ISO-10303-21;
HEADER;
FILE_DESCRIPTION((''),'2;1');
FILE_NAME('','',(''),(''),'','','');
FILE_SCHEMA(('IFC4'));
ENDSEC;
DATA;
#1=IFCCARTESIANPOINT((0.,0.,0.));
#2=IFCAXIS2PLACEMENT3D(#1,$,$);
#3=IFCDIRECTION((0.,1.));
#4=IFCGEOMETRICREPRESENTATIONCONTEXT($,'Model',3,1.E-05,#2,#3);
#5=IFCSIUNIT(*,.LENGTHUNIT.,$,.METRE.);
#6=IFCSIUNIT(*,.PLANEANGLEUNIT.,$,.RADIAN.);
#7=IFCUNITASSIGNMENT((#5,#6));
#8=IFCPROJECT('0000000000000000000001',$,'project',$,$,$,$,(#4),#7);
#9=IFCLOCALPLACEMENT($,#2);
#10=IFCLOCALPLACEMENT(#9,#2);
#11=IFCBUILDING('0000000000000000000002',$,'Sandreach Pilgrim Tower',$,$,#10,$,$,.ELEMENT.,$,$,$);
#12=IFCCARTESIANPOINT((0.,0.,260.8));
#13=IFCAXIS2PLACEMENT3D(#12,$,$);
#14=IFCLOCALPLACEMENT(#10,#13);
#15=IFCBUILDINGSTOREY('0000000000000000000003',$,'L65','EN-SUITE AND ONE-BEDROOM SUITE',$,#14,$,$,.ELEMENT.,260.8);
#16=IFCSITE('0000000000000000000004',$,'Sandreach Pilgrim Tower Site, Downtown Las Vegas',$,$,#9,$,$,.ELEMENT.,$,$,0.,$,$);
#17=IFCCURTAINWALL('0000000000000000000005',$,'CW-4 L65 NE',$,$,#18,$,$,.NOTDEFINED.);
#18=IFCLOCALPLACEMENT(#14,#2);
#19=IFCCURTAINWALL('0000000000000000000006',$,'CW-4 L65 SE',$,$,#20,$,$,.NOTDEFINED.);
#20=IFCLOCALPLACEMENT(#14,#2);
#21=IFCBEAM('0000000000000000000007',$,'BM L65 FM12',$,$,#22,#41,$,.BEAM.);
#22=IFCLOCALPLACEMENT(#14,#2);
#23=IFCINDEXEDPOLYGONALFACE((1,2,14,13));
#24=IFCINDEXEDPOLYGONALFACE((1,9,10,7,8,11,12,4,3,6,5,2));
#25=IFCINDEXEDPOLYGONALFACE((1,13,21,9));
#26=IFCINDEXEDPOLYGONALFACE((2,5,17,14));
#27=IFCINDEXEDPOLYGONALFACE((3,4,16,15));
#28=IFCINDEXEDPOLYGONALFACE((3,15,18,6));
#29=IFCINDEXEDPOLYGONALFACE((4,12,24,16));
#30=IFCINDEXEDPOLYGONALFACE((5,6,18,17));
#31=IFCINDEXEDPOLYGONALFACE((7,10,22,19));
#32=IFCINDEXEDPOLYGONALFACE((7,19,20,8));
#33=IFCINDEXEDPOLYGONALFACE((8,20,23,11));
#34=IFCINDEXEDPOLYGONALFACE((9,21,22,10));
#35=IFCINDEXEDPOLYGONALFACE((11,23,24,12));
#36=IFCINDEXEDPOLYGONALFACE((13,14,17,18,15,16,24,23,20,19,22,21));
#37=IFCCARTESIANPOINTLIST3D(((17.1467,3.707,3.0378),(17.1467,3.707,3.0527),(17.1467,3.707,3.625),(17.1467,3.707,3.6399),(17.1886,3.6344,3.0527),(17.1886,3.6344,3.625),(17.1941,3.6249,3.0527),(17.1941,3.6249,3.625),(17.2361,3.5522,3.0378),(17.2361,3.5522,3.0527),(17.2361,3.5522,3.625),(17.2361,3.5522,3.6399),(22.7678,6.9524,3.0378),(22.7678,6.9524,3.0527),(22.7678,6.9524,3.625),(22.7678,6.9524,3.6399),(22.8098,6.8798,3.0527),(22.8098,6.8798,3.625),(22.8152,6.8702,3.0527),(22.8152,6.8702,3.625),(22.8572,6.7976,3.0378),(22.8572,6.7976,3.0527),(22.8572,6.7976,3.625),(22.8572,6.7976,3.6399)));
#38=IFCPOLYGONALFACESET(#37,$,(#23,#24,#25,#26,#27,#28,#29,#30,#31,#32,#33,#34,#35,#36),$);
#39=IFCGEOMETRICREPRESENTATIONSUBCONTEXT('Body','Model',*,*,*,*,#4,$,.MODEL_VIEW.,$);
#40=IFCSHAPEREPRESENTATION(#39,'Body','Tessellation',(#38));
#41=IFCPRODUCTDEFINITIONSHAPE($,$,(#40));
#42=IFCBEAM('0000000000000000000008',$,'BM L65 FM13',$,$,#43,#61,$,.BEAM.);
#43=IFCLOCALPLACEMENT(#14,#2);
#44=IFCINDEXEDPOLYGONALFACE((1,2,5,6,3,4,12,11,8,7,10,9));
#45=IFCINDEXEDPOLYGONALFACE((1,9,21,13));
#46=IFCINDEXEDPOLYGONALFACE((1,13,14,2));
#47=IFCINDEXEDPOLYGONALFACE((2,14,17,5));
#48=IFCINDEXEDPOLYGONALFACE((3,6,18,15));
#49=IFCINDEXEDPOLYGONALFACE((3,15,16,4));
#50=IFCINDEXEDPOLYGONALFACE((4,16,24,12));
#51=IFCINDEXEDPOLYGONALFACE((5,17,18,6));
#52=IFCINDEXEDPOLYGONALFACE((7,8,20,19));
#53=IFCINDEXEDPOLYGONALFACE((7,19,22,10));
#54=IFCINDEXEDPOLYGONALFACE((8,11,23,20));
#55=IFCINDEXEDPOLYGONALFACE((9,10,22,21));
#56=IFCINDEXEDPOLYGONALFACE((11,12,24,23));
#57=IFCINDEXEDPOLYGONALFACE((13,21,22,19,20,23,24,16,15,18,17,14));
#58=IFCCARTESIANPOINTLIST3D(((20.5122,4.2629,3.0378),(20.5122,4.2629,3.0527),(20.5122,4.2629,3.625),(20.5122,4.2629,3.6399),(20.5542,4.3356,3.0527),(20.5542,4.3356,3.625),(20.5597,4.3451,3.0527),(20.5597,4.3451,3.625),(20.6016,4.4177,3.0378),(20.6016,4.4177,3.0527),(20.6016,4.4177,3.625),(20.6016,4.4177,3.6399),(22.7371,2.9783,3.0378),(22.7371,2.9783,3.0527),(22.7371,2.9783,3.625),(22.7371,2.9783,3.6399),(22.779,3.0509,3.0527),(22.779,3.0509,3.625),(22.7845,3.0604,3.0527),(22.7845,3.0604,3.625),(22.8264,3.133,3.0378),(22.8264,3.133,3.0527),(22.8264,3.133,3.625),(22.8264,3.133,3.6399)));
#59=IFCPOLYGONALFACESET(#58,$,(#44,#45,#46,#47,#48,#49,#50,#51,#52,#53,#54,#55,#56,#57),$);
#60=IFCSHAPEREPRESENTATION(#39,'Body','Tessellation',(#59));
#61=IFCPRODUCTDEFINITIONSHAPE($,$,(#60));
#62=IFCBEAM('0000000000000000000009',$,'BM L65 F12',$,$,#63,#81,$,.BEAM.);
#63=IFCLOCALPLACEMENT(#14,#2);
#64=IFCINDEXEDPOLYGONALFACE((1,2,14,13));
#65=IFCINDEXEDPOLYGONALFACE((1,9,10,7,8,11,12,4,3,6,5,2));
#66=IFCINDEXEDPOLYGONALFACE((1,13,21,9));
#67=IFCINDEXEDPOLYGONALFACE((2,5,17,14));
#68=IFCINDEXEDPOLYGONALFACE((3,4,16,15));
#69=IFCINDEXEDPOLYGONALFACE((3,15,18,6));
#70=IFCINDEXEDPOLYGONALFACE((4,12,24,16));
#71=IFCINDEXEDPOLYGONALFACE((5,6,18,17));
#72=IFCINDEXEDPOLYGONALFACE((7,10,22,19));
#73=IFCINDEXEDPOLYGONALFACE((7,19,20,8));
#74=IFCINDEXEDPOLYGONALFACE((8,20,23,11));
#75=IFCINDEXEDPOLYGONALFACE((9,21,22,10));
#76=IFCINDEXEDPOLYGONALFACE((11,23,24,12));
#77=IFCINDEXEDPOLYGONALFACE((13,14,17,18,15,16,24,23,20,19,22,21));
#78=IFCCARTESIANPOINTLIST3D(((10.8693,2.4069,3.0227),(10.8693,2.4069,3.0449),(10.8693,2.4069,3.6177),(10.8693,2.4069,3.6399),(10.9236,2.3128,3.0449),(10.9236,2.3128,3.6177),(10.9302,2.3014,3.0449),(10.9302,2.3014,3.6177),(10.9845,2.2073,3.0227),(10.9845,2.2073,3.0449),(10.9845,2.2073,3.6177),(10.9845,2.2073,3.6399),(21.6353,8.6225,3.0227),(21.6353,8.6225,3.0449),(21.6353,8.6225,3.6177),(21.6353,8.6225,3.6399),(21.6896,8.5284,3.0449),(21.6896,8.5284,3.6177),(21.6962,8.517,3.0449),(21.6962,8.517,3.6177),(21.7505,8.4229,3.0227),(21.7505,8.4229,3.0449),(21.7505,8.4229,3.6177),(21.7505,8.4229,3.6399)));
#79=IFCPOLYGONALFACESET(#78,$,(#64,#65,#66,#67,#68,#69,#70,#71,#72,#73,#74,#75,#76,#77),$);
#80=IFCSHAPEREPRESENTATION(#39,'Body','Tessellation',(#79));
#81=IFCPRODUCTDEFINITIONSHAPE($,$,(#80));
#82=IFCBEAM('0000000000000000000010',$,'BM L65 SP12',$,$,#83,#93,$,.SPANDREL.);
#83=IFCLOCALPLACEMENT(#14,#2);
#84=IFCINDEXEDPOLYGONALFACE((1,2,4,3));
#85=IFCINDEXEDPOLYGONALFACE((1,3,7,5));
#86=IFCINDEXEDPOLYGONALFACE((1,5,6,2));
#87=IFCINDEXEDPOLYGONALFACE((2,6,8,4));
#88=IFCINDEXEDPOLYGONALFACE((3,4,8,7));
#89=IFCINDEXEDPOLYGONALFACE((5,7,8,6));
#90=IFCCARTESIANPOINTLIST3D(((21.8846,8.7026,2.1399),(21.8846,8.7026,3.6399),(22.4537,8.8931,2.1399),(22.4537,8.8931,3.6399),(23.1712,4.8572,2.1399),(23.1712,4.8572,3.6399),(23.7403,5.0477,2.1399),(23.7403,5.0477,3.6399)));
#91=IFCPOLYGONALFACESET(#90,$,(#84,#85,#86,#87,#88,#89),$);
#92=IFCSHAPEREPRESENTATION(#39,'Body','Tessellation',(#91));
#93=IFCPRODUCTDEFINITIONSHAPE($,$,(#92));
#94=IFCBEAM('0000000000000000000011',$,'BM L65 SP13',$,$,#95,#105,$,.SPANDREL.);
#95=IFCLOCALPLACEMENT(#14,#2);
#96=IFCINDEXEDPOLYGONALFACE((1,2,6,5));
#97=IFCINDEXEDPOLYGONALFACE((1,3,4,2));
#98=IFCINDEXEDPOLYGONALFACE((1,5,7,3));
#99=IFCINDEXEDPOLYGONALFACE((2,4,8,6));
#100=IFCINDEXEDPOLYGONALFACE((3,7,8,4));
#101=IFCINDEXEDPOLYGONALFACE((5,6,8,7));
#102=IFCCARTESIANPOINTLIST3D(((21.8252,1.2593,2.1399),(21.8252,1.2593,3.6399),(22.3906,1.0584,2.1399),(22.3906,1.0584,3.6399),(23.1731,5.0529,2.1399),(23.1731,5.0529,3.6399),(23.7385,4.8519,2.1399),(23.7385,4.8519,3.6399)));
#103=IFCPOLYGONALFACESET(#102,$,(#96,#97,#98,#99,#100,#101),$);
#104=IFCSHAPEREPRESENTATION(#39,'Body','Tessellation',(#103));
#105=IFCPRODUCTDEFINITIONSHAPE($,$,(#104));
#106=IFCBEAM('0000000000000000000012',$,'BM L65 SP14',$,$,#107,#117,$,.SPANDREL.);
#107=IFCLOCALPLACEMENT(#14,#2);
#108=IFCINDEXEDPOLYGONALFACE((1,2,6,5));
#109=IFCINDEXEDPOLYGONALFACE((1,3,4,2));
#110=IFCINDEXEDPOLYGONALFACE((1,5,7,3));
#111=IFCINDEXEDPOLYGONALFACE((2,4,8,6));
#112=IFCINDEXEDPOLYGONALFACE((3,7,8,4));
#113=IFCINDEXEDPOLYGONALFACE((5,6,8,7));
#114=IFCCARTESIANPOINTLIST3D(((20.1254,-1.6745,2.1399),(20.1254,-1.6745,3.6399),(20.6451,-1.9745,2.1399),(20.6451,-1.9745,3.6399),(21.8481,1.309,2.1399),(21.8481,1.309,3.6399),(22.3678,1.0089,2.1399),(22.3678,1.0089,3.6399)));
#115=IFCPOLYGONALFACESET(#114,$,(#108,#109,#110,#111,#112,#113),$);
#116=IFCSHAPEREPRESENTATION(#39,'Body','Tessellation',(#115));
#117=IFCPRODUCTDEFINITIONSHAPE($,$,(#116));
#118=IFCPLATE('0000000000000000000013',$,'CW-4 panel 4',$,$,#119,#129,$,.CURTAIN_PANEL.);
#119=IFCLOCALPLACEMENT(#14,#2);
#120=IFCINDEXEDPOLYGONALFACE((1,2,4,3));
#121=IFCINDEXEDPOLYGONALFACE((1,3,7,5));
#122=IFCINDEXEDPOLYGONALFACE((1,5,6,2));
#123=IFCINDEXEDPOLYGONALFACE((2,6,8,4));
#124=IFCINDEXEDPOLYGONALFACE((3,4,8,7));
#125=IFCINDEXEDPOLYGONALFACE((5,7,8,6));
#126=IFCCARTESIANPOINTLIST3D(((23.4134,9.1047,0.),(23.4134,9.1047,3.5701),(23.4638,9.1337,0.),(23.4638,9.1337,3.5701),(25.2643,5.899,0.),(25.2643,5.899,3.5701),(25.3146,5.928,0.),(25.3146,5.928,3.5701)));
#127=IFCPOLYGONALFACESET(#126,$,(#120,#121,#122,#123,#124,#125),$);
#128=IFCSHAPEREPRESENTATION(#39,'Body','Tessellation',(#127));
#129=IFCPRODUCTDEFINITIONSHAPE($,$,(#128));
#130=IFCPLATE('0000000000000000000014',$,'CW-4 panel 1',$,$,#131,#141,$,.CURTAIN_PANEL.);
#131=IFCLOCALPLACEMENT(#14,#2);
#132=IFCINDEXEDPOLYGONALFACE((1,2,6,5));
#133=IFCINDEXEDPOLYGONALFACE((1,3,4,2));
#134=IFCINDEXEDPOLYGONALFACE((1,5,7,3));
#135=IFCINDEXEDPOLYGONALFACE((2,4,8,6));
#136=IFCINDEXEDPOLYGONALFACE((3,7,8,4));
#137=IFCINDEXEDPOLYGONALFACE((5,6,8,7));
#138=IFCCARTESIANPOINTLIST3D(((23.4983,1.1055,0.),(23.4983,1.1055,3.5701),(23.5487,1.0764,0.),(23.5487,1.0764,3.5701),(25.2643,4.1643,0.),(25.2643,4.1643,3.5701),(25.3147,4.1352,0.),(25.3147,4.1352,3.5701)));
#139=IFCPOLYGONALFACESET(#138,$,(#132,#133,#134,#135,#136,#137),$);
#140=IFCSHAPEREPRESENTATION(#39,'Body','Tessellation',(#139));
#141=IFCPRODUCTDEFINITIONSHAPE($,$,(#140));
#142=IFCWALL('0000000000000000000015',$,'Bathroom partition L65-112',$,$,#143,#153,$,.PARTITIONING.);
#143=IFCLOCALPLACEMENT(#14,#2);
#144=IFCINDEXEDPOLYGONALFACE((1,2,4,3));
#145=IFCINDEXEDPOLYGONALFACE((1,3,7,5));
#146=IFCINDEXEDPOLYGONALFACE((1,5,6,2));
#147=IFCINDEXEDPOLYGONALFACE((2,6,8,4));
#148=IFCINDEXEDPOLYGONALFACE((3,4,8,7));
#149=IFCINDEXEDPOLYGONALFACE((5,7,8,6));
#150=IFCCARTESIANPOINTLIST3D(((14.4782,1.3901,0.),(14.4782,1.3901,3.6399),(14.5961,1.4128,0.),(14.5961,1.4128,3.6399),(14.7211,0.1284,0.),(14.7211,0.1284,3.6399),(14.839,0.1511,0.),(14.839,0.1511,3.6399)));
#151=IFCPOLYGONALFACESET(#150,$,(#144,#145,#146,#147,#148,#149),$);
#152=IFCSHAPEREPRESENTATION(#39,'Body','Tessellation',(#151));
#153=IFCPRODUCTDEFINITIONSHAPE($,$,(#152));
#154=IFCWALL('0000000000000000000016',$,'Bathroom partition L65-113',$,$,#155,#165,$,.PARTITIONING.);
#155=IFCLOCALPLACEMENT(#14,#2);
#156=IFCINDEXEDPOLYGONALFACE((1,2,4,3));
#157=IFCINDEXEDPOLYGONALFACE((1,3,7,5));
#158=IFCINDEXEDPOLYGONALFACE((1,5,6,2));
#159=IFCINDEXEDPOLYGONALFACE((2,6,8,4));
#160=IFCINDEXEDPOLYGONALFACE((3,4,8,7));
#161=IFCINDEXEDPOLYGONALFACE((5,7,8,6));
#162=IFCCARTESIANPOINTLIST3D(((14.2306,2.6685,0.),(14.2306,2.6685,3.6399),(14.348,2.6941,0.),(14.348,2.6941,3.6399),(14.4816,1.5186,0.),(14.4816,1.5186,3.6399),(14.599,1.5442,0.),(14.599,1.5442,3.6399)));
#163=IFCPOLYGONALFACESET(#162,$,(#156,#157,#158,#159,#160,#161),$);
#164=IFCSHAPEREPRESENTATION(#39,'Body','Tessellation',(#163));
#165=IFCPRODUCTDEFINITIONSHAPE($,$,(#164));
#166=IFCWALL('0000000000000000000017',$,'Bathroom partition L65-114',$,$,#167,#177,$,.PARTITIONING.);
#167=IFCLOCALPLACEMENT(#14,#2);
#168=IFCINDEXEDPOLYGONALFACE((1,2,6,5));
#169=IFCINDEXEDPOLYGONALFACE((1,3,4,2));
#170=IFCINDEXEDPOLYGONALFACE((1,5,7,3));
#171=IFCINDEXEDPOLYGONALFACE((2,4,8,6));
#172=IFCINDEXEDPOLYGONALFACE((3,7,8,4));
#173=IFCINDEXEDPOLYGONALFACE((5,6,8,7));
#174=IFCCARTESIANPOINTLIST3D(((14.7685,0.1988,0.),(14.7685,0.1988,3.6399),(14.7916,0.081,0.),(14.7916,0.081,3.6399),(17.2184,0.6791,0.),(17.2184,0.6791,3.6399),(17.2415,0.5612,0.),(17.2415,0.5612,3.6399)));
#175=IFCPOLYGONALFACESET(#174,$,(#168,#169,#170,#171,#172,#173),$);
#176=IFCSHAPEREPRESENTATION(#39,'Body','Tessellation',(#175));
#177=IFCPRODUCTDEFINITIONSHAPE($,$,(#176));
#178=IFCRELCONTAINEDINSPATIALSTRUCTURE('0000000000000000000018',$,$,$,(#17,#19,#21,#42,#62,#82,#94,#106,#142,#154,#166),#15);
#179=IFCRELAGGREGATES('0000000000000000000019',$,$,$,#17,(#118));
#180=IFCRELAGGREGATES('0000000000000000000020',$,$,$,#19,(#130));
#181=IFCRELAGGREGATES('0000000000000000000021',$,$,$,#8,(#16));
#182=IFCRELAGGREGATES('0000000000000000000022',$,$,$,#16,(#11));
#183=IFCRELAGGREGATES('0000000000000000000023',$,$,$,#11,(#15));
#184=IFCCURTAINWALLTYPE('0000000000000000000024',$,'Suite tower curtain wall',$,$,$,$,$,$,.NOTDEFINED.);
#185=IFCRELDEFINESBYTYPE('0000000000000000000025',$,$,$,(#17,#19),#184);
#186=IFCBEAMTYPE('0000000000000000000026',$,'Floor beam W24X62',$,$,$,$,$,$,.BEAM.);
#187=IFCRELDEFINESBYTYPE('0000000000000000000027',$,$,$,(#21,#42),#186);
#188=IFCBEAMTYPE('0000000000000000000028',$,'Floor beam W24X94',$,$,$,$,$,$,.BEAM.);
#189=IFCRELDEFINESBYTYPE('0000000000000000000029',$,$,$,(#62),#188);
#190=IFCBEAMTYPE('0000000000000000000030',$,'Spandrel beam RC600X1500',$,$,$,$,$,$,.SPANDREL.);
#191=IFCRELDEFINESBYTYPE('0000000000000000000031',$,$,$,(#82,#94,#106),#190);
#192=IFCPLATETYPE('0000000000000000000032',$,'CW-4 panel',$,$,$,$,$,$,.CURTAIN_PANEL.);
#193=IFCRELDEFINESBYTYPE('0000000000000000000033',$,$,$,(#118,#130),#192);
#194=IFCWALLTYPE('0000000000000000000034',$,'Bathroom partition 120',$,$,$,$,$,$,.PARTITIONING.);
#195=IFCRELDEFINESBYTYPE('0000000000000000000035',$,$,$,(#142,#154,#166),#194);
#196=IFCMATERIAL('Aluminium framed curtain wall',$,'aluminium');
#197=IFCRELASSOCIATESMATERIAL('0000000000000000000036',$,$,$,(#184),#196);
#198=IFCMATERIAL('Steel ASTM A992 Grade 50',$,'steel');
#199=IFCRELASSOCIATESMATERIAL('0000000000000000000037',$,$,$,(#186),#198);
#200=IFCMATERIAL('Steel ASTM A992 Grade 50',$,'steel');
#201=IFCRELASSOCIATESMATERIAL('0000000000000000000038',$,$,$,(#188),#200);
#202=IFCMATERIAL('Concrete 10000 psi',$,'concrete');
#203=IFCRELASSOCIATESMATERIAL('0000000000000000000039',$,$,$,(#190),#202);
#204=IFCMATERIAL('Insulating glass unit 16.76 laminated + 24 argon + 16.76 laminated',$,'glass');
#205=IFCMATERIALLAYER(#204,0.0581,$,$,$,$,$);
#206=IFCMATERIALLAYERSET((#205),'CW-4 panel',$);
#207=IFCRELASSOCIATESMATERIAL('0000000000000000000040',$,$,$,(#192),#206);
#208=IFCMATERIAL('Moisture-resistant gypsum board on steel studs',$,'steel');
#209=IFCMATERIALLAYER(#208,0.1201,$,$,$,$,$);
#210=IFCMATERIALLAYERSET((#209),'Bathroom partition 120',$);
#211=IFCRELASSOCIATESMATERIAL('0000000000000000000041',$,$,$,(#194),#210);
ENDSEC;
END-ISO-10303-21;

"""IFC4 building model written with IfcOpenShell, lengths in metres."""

from ifc_helpers import new_model, si_unit, direction, frame, frame_2d, origin, origin_2d, place, context, subcontext, project, spatial, rectangle, i_section, extrude, material, layer, layer_set, material_profile, profile_set, type_object, element, aggregate, save


model = new_model("IFC4")

# Units and contexts
model_context = context("Model", 3, precision=1e-05, world=origin(), true_north=direction((0.0, 1.0)))
body_context = subcontext(model_context, "Body", "Model", "MODEL_VIEW")
ifc_project = project(units=[si_unit("LENGTHUNIT", "METRE"), si_unit("PLANEANGLEUNIT", "RADIAN")], contexts=[model_context])

# Site, building, storey
site_placement = place(None, origin())
site = spatial("IfcSite", under=ifc_project, at=site_placement, Name="Sandreach Pilgrim Tower Site, Downtown Las Vegas", CompositionType="ELEMENT", RefElevation=0.0)
building_placement = place(site_placement, origin())
building = spatial("IfcBuilding", under=site, at=building_placement, Name="Sandreach Pilgrim Tower", CompositionType="ELEMENT")
storey_placement = place(building_placement, frame((0.0, 0.0, 260.8)))
storey = spatial("IfcBuildingStorey", under=building, at=storey_placement, Name="L65", Description="EN-SUITE AND ONE-BEDROOM SUITE", CompositionType="ELEMENT", Elevation=260.8)

# Curtain walls
ifc_material_1 = material(Name="Aluminium framed curtain wall", Category="aluminium")
curtain_wall_type = type_object("IfcCurtainWallType", Name="Suite tower curtain wall", PredefinedType="NOTDEFINED", material=ifc_material_1)
curtain_wall_1_placement = place(storey_placement, origin())
curtain_wall_1 = element("IfcCurtainWall", 1, at=curtain_wall_1_placement, inside=storey, type_object=curtain_wall_type, Name="CW-4 L65 NE", PredefinedType="NOTDEFINED")
curtain_wall_2_placement = place(storey_placement, origin())
curtain_wall_2 = element("IfcCurtainWall", 2, at=curtain_wall_2_placement, inside=storey, type_object=curtain_wall_type, Name="CW-4 L65 SE", PredefinedType="NOTDEFINED")

# Beams
ifc_material_2 = material(Name="Steel ASTM A992 Grade 50", Category="steel")
ifc_material_profile_1 = material_profile(ifc_material_2, i_section(OverallWidth=0.1787, OverallDepth=0.6021, WebThickness=0.011, FlangeThickness=0.0149, at=origin_2d()), Name="W24X62")
ifc_profile_set_1 = profile_set([ifc_material_profile_1], Name="Steel ASTM A992 Grade 50")
beam_type_1 = type_object("IfcBeamType", Name="Floor beam W24X62", PredefinedType="BEAM", material=ifc_profile_set_1)
beam_1_placement = place(storey_placement, frame((22.8125, 6.875, 3.3389), z_axis=(-0.866024, -0.500002, 0.0), x_axis=(0.500002, -0.866024, 0.0)))
element("IfcBeam", 3, at=beam_1_placement, inside=storey, type_object=beam_type_1, Name="BM L65 FM12", PredefinedType="BEAM", context=body_context, shape_type="SweptSolid", body=[
    extrude(i_section(OverallWidth=0.1787, OverallDepth=0.6021, WebThickness=0.011, FlangeThickness=0.0149, at=origin_2d()), origin(), (0.0, 0.0, 1.0), 6.4907),
])
beam_2_placement = place(storey_placement, frame((22.7817, 3.0557, 3.3389), z_axis=(-0.866, 0.500043, 0.0), x_axis=(-0.500043, -0.866, 0.0)))
element("IfcBeam", 4, at=beam_2_placement, inside=storey, type_object=beam_type_1, Name="BM L65 FM13", PredefinedType="BEAM", context=body_context, shape_type="SweptSolid", body=[
    extrude(i_section(OverallWidth=0.1787, OverallDepth=0.6021, WebThickness=0.011, FlangeThickness=0.0149, at=origin_2d()), origin(), (0.0, 0.0, 1.0), 2.5691),
])
ifc_material_3 = material(Name="Steel ASTM A992 Grade 50", Category="steel")
ifc_material_profile_2 = material_profile(ifc_material_3, i_section(OverallWidth=0.2305, OverallDepth=0.6172, WebThickness=0.0132, FlangeThickness=0.0222, at=origin_2d()), Name="W24X94")
ifc_profile_set_2 = profile_set([ifc_material_profile_2], Name="Steel ASTM A992 Grade 50")
beam_type_2 = type_object("IfcBeamType", Name="Floor beam W24X94", PredefinedType="BEAM", material=ifc_profile_set_2)
beam_3_placement = place(storey_placement, frame((21.6929, 8.5227, 3.3313), z_axis=(-0.866029, -0.499994, 0.0), x_axis=(0.499994, -0.866029, 0.0)))
element("IfcBeam", 5, at=beam_3_placement, inside=storey, type_object=beam_type_2, Name="BM L65 F12", PredefinedType="BEAM", context=body_context, shape_type="SweptSolid", body=[
    extrude(i_section(OverallWidth=0.2305, OverallDepth=0.6172, WebThickness=0.0132, FlangeThickness=0.0222, at=origin_2d()), origin(), (0.0, 0.0, 1.0), 12.4314),
])
ifc_material_4 = material(Name="Concrete 10000 psi", Category="concrete")
ifc_material_profile_3 = material_profile(ifc_material_4, rectangle(XDim=0.6001, YDim=1.5, at=origin_2d()), Name="RC600X1500")
ifc_profile_set_3 = profile_set([ifc_material_profile_3], Name="Concrete 10000 psi")
beam_type_3 = type_object("IfcBeamType", Name="Spandrel beam RC600X1500", PredefinedType="SPANDREL", material=ifc_profile_set_3)
beam_4_placement = place(storey_placement, frame((22.1692, 8.7979, 2.8899), z_axis=(0.317293, -0.948327, 0.0), x_axis=(0.948327, 0.317293, 0.0)))
element("IfcBeam", 6, at=beam_4_placement, inside=storey, type_object=beam_type_3, Name="BM L65 SP12", PredefinedType="SPANDREL", context=body_context, shape_type="SweptSolid", body=[
    extrude(rectangle(XDim=0.6001, YDim=1.5, at=origin_2d()), origin(), (0.0, 0.0, 1.0), 4.0549),
])
beam_5_placement = place(storey_placement, frame((23.4558, 4.9524, 2.8899), z_axis=(-0.334815, -0.942284, 0.0), x_axis=(0.942284, -0.334815, 0.0)))
element("IfcBeam", 7, at=beam_5_placement, inside=storey, type_object=beam_type_3, Name="BM L65 SP13", PredefinedType="SPANDREL", context=body_context, shape_type="SweptSolid", body=[
    extrude(rectangle(XDim=0.6001, YDim=1.5, at=origin_2d()), origin(), (0.0, 0.0, 1.0), 4.0259),
])
beam_6_placement = place(storey_placement, frame((22.1079, 1.1589, 2.8899), z_axis=(-0.500041, -0.866001, 0.0), x_axis=(0.866001, -0.500041, 0.0)))
element("IfcBeam", 8, at=beam_6_placement, inside=storey, type_object=beam_type_3, Name="BM L65 SP14", PredefinedType="SPANDREL", context=body_context, shape_type="SweptSolid", body=[
    extrude(rectangle(XDim=0.6001, YDim=1.5, at=origin_2d()), origin(), (0.0, 0.0, 1.0), 3.4451),
])

# Plates
ifc_material_5 = material(Name="Insulating glass unit 16.76 laminated + 24 argon + 16.76 laminated", Category="glass")
ifc_layer_1 = layer(ifc_material_5, 0.0581)
ifc_layer_set_1 = layer_set([ifc_layer_1], Name="CW-4 panel")
plate_type = type_object("IfcPlateType", Name="CW-4 panel", PredefinedType="CURTAIN_PANEL", material=ifc_layer_set_1)
plate_1_placement = place(storey_placement, frame((24.364, 7.5164, 0.0), z_axis=(0.0, 0.0, 1.0), x_axis=(0.5, -0.866025, 0.0)))
plate_1 = element("IfcPlate", 9, at=plate_1_placement, type_object=plate_type, Name="CW-4 panel 4", PredefinedType="CURTAIN_PANEL", context=body_context, shape_type="SweptSolid", body=[
    extrude(rectangle(XDim=3.7017, YDim=0.0581, at=origin_2d()), origin(), (0.0, 0.0, 1.0), 3.5701),
])
aggregate(curtain_wall_1, [plate_1])
plate_2_placement = place(storey_placement, frame((24.4065, 2.6204, 0.0), z_axis=(0.0, 0.0, 1.0), x_axis=(-0.5, -0.866025, 0.0)))
plate_2 = element("IfcPlate", 10, at=plate_2_placement, type_object=plate_type, Name="CW-4 panel 1", PredefinedType="CURTAIN_PANEL", context=body_context, shape_type="SweptSolid", body=[
    extrude(rectangle(XDim=3.532, YDim=0.0581, at=origin_2d()), origin(), (0.0, 0.0, 1.0), 3.5701),
])
aggregate(curtain_wall_2, [plate_2])

# Walls
ifc_material_6 = material(Name="Moisture-resistant gypsum board on steel studs", Category="steel")
ifc_layer_2 = layer(ifc_material_6, 0.1201)
ifc_layer_set_2 = layer_set([ifc_layer_2], Name="Bathroom partition 120")
wall_type_1 = type_object("IfcWallType", Name="Bathroom partition 120", PredefinedType="PARTITIONING", material=ifc_layer_set_2)
wall_1_placement = place(storey_placement, frame((14.5371, 1.4016, 0.0), z_axis=(0.0, 0.0, 1.0), x_axis=(0.189059, -0.981966, 0.0)))
element("IfcWall", 11, at=wall_1_placement, inside=storey, type_object=wall_type_1, Name="Bathroom partition L65-112", PredefinedType="PARTITIONING", context=body_context, shape_type="SweptSolid", body=[
    extrude(rectangle(XDim=1.2849, YDim=0.1201, at=frame_2d((0.6426, 0.0))), origin(), (0.0, 0.0, 1.0), 3.6399),
])
wall_2_placement = place(storey_placement, frame((14.5403, 1.5315, 0.0), z_axis=(0.0, 0.0, 1.0), x_axis=(-0.213239, 0.977, 0.0)))
element("IfcWall", 12, at=wall_2_placement, inside=storey, type_object=wall_type_1, Name="Bathroom partition L65-113", PredefinedType="PARTITIONING", context=body_context, shape_type="SweptSolid", body=[
    extrude(rectangle(XDim=1.177, YDim=0.1201, at=frame_2d((0.5884, 0.0))), origin(), (0.0, 0.0, 1.0), 3.6399),
])
wall_3_placement = place(storey_placement, frame((14.78, 0.1399, 0.0), z_axis=(0.0, 0.0, 1.0), x_axis=(0.981326, 0.192354, 0.0)))
element("IfcWall", 13, at=wall_3_placement, inside=storey, type_object=wall_type_1, Name="Bathroom partition L65-114", PredefinedType="PARTITIONING", context=body_context, shape_type="SweptSolid", body=[
    extrude(rectangle(XDim=2.4966, YDim=0.1201, at=frame_2d((1.2483, 0.0))), origin(), (0.0, 0.0, 1.0), 3.6399),
])

save(model, "model.ifc")
